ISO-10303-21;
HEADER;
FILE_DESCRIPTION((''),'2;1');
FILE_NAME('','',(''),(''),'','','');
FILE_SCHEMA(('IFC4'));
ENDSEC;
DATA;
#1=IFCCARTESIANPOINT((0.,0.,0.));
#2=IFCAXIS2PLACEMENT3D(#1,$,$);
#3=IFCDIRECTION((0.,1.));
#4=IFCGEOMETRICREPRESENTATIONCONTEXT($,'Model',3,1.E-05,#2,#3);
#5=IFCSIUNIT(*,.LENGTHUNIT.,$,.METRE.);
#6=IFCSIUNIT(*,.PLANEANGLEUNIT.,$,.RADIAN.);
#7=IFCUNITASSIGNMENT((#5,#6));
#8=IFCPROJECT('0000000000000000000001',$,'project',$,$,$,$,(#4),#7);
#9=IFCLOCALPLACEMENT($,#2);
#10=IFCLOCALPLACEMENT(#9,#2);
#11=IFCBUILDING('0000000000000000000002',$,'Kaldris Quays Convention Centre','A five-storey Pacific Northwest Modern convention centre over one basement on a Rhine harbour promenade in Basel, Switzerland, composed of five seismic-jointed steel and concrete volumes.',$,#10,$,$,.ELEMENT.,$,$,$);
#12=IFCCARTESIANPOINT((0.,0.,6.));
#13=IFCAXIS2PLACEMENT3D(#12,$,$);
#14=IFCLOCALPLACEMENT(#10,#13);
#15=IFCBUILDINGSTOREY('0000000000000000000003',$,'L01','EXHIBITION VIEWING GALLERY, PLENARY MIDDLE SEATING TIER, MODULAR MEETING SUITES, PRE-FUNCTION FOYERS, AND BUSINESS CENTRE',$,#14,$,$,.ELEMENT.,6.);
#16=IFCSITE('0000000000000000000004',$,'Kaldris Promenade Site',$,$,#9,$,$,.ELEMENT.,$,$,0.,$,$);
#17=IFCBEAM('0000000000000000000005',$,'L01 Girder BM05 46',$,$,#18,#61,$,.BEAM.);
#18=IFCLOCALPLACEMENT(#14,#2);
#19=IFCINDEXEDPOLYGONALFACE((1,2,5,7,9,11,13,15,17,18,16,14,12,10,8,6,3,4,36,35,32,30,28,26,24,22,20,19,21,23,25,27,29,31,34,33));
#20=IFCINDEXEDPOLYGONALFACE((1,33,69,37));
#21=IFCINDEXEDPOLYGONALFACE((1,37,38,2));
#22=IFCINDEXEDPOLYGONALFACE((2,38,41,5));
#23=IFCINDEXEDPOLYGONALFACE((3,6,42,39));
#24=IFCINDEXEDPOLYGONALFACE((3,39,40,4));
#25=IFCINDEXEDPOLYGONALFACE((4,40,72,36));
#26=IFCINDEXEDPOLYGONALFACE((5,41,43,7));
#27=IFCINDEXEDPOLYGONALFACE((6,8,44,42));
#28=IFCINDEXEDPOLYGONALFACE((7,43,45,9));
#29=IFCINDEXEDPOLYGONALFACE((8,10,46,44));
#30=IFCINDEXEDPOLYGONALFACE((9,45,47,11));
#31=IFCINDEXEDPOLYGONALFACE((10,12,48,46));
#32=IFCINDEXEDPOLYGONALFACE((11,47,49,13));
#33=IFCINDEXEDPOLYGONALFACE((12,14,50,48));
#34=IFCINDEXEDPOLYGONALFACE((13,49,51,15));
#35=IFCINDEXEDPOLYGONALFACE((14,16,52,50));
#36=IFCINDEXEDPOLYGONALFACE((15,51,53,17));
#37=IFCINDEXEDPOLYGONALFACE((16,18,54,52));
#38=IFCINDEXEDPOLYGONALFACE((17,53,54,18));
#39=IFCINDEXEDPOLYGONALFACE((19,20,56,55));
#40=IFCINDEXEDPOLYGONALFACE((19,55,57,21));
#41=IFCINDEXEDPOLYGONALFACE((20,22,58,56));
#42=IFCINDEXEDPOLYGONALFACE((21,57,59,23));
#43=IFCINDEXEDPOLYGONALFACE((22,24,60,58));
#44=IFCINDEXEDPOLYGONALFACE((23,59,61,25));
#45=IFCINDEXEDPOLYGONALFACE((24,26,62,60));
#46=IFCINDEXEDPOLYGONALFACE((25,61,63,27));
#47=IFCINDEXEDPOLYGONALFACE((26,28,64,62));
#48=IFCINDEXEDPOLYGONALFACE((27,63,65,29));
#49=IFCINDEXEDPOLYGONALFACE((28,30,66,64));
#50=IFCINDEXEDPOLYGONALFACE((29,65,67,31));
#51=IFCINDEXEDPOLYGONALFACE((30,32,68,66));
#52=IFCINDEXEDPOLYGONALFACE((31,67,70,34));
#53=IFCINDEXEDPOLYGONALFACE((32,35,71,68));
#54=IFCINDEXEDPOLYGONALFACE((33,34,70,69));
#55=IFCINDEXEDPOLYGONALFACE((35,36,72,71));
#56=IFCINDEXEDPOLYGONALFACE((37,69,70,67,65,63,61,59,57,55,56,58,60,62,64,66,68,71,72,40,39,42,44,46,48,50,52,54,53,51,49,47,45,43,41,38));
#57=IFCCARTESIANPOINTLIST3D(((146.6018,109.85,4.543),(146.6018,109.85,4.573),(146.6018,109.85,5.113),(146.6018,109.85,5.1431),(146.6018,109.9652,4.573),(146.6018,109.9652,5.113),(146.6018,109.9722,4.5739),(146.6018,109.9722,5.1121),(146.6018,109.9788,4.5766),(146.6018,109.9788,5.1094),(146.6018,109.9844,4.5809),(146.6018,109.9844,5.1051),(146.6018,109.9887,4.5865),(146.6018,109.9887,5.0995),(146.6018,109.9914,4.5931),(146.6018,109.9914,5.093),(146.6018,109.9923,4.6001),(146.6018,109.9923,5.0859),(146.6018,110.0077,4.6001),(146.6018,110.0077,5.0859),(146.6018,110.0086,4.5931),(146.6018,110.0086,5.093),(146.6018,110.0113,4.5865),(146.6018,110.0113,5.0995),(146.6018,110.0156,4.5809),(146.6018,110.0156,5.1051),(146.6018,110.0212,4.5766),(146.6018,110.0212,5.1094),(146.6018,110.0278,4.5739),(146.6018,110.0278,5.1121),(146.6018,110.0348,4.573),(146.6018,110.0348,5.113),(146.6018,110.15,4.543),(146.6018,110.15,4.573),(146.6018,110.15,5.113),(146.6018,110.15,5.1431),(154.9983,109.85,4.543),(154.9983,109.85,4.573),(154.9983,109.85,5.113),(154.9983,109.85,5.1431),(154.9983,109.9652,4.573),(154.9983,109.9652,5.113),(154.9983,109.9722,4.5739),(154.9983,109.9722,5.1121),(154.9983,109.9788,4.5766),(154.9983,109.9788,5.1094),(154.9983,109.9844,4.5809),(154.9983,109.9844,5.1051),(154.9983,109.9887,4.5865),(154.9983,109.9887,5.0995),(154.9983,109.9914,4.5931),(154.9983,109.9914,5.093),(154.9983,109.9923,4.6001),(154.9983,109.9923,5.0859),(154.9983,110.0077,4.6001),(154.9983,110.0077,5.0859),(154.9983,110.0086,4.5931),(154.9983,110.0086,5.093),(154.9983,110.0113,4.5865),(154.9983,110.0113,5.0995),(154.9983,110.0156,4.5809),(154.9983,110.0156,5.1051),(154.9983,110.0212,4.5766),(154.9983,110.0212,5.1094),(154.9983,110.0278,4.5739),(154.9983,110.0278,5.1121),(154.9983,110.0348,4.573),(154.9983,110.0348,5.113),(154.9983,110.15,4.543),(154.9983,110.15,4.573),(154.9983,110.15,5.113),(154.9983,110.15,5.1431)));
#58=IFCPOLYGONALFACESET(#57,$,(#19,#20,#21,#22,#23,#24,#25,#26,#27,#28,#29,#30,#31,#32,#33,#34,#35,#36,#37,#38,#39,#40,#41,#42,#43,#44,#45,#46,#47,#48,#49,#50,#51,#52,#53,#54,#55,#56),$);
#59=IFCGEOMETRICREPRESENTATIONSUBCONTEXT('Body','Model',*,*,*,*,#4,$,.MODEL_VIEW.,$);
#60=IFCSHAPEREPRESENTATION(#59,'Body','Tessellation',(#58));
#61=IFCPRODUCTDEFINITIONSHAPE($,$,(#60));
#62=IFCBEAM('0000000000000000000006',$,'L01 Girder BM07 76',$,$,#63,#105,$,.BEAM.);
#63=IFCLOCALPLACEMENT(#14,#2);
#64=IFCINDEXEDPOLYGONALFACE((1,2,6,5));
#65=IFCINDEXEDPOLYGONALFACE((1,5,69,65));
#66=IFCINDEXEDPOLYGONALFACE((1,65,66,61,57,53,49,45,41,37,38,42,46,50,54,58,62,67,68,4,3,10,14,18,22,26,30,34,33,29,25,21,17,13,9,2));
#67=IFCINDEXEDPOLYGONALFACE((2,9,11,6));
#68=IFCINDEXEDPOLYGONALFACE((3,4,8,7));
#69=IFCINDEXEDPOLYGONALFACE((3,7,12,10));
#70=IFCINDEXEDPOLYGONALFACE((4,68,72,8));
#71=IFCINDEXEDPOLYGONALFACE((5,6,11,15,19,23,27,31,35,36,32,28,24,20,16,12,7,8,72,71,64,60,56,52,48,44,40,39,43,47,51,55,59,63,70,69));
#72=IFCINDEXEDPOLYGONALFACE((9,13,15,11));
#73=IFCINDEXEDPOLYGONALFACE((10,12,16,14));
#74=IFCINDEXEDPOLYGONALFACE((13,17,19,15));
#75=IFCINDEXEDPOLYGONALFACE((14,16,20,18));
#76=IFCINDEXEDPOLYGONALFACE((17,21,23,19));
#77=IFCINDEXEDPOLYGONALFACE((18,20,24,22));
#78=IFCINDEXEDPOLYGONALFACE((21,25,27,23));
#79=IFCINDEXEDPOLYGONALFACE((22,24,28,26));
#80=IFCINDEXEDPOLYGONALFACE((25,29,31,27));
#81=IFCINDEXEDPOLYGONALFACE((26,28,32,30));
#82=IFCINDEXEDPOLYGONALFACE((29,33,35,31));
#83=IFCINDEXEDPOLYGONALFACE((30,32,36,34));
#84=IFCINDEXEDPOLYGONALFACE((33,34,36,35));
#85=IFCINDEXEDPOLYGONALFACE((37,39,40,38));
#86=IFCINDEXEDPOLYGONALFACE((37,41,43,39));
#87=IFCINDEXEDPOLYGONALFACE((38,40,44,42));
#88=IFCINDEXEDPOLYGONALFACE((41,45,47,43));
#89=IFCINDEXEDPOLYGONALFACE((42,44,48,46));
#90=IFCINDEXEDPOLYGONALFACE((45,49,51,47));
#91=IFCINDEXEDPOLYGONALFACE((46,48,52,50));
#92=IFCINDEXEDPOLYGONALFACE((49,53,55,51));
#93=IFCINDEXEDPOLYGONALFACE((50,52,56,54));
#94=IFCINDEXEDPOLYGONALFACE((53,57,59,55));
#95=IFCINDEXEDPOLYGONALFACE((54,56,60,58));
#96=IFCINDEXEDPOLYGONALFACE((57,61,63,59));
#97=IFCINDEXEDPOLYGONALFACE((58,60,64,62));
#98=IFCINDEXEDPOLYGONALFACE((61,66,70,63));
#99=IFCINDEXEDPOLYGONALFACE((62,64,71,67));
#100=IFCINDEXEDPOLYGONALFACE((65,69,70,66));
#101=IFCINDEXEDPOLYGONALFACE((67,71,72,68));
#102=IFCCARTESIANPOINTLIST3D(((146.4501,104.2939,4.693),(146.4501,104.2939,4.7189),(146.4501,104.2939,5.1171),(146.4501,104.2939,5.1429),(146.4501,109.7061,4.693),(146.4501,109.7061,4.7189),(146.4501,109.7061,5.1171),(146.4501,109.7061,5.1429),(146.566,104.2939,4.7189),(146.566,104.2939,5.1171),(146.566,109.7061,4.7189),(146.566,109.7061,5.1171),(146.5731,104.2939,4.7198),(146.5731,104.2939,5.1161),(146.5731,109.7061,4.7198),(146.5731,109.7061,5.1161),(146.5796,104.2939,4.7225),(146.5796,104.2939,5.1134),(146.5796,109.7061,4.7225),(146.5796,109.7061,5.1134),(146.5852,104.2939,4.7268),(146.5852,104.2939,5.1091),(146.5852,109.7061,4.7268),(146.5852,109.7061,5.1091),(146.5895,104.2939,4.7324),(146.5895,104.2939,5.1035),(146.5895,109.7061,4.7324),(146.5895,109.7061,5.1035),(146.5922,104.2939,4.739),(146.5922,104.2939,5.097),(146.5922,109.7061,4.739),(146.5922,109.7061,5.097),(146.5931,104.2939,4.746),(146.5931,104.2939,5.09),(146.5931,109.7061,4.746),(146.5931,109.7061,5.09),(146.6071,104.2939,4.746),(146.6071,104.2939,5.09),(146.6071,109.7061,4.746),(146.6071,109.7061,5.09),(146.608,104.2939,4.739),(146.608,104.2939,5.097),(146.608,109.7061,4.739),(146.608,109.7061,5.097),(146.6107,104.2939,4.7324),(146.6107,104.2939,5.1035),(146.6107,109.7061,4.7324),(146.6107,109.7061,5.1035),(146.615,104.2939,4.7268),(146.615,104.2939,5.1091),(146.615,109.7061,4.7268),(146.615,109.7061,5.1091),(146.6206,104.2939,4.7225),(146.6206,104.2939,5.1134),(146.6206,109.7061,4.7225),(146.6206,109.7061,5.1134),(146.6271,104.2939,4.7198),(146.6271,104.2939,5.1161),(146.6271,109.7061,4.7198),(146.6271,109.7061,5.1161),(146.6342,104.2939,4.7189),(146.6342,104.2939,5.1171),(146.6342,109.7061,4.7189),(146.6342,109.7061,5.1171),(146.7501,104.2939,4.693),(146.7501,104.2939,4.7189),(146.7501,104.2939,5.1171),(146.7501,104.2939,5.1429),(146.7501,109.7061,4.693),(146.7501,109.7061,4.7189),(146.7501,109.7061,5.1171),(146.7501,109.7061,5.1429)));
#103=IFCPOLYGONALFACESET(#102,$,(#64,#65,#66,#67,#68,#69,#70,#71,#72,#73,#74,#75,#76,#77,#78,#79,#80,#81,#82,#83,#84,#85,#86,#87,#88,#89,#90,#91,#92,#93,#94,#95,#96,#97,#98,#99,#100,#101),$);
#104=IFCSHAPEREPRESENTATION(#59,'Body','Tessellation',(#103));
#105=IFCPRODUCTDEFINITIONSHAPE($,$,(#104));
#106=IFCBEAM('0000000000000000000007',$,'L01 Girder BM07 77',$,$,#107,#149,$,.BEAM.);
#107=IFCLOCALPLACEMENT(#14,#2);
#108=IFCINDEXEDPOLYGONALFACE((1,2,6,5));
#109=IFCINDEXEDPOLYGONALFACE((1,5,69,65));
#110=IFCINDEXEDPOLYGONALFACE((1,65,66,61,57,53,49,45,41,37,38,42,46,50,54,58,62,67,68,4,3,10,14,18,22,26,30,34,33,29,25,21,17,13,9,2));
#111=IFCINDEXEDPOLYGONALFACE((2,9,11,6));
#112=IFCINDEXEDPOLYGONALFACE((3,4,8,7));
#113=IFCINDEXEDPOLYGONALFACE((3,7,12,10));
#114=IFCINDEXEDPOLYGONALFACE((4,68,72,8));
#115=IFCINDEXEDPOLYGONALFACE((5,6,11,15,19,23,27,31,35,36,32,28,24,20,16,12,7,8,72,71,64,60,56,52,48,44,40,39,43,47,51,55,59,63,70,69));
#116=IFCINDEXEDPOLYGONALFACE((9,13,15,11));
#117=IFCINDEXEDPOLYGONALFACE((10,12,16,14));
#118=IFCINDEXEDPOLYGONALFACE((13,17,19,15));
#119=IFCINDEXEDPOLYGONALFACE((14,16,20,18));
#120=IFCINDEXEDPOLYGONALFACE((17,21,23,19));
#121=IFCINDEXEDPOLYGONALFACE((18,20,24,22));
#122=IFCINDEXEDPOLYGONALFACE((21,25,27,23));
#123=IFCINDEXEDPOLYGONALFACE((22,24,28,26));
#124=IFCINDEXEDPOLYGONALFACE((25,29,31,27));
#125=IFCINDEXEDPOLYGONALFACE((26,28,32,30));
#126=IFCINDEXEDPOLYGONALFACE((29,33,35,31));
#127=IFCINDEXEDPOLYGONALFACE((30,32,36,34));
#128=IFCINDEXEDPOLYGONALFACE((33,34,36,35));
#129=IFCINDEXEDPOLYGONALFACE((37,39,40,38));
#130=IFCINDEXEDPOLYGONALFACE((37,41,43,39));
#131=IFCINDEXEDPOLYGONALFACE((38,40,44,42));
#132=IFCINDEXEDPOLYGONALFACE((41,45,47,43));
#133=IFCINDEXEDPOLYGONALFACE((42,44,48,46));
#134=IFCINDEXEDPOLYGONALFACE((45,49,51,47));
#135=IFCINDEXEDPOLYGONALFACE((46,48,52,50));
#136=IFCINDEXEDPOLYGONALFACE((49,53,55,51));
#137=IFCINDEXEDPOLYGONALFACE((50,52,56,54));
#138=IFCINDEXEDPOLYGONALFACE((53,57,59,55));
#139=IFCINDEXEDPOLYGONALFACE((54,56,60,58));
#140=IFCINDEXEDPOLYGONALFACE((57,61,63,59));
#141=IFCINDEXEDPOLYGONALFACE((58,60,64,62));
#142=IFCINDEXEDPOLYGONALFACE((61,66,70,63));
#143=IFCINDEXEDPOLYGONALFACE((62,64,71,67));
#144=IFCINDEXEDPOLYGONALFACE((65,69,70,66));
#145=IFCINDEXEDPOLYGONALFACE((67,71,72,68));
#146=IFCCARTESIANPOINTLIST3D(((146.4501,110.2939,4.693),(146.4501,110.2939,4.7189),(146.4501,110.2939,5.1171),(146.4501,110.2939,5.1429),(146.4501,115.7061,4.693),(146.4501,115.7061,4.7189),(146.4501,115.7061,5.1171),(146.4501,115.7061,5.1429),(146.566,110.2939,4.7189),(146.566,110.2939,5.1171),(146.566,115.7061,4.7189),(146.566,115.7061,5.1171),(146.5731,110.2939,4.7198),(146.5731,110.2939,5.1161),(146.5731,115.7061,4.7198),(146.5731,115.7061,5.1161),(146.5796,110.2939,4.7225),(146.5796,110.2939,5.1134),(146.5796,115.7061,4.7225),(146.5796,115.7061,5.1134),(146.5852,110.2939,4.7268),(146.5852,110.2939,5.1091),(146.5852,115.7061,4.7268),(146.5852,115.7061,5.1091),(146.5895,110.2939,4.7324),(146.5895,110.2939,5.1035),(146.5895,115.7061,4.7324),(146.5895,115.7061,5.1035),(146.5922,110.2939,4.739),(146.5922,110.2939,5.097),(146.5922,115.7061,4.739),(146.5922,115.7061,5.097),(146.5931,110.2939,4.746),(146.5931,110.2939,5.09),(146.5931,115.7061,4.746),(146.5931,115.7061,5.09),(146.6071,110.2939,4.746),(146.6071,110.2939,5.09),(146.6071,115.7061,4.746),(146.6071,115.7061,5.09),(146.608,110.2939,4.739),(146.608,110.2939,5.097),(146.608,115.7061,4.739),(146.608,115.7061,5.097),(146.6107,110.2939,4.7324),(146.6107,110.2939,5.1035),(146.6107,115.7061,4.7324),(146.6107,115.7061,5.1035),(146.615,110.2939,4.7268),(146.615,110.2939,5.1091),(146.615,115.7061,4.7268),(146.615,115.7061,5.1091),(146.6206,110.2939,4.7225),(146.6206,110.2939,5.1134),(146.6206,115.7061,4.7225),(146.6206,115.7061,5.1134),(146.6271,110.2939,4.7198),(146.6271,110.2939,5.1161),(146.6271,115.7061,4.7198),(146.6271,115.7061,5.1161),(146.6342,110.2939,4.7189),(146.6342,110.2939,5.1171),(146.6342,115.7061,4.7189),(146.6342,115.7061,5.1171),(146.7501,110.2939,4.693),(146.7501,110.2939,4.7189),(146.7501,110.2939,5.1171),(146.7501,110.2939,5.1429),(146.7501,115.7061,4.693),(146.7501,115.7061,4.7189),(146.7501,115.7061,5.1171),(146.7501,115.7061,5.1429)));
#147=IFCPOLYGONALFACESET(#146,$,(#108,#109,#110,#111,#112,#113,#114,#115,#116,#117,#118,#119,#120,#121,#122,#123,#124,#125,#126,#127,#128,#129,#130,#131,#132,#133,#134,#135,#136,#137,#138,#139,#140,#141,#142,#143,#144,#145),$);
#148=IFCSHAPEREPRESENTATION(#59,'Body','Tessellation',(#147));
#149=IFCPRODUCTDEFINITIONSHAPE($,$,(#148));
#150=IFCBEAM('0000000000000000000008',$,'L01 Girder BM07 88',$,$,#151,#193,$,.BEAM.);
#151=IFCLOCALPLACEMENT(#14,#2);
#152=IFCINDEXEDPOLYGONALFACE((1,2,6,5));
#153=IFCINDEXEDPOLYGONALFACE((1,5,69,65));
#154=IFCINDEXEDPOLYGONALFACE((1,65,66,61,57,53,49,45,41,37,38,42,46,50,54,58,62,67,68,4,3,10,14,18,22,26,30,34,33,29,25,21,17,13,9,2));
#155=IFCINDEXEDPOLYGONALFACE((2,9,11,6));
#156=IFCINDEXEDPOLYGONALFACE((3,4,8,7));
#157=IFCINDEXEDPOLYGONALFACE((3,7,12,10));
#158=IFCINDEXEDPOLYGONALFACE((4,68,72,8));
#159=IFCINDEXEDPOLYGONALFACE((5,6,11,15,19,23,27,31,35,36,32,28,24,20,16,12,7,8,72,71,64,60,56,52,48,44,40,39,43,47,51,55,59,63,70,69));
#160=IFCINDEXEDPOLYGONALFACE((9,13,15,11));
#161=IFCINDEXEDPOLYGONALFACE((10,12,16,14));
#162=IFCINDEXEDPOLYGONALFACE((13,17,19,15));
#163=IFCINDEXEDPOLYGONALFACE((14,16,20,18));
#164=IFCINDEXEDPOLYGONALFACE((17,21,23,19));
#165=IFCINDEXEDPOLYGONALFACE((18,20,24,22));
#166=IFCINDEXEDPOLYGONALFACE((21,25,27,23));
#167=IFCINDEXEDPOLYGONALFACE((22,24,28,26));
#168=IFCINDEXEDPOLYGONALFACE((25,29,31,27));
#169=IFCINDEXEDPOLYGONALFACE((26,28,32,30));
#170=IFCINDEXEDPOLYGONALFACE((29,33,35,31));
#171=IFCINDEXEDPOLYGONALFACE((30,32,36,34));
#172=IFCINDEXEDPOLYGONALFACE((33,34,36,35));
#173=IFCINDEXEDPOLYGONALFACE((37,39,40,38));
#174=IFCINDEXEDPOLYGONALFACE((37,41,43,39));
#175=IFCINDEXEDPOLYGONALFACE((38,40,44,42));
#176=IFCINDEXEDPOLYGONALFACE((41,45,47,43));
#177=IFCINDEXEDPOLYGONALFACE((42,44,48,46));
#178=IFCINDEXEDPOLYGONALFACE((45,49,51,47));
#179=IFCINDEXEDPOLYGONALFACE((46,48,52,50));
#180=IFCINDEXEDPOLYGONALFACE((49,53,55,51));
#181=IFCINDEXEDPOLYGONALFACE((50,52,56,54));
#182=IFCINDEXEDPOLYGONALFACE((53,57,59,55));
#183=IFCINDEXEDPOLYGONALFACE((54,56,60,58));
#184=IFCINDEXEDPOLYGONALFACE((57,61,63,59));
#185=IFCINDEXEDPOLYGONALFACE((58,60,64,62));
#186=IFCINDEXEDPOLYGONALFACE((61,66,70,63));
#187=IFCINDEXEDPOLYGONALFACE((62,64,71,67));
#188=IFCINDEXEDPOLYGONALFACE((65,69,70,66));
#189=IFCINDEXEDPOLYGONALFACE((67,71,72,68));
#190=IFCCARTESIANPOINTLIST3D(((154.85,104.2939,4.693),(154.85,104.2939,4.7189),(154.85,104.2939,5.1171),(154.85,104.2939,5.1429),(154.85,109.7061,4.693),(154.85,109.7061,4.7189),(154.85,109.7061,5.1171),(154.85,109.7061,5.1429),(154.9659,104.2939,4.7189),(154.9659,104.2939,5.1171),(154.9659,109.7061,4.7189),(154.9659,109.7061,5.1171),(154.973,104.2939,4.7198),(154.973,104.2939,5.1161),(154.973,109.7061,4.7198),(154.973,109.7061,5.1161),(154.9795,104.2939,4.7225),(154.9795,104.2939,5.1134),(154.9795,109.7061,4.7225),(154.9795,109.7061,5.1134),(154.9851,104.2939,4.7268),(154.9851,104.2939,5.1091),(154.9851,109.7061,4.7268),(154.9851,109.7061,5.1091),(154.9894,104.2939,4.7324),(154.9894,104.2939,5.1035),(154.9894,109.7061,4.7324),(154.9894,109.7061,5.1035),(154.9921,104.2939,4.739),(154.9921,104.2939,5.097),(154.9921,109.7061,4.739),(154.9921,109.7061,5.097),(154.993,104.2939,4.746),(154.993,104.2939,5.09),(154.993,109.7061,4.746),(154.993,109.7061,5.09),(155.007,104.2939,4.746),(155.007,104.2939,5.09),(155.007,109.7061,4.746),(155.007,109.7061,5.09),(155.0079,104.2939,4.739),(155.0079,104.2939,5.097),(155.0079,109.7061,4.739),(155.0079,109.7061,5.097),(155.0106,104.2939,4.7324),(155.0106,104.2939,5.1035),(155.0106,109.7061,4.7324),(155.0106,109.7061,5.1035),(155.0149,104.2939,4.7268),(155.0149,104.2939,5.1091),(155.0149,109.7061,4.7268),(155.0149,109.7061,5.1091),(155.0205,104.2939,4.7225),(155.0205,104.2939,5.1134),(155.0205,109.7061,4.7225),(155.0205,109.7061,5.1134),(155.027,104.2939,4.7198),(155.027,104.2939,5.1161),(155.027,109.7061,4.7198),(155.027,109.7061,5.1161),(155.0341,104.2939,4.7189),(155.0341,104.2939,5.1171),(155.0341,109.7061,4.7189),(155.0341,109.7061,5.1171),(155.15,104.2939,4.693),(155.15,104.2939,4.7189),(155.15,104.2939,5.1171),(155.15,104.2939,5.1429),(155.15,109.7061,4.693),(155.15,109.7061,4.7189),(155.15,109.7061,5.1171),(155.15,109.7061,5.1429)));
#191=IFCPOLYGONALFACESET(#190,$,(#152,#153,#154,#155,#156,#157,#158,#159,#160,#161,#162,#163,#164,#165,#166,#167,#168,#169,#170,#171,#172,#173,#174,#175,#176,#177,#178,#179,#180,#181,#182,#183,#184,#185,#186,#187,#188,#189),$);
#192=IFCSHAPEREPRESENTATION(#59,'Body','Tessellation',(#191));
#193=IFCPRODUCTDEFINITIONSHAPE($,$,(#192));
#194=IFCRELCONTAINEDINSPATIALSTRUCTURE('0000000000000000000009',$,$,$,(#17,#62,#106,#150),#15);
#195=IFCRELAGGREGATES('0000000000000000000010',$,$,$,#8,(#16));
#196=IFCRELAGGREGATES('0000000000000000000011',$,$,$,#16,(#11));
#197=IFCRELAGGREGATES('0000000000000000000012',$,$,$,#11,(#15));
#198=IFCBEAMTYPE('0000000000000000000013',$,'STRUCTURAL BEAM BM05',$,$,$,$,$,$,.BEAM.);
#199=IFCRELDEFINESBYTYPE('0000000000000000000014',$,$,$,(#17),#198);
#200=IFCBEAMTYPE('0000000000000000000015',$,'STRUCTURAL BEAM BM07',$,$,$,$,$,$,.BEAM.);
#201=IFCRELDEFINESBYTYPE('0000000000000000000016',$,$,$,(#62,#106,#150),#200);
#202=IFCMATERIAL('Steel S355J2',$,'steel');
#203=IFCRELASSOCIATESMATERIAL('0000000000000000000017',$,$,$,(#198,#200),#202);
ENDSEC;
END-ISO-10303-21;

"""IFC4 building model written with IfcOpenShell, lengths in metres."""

from ifc_helpers import new_model, si_unit, direction, frame, origin, origin_2d, place, context, subcontext, project, spatial, i_section, extrude, material, material_profile, profile_set, type_object, element, save


model = new_model("IFC4")

# Units and contexts
model_context = context("Model", 3, precision=1e-05, world=origin(), true_north=direction((0.0, 1.0)))
body_context = subcontext(model_context, "Body", "Model", "MODEL_VIEW")
ifc_project = project(units=[si_unit("LENGTHUNIT", "METRE"), si_unit("PLANEANGLEUNIT", "RADIAN")], contexts=[model_context])

# Site, building, storey
site_placement = place(None, origin())
site = spatial("IfcSite", under=ifc_project, at=site_placement, Name="Kaldris Promenade Site", CompositionType="ELEMENT", RefElevation=0.0)
building_placement = place(site_placement, origin())
building = spatial("IfcBuilding", under=site, at=building_placement, Name="Kaldris Quays Convention Centre", Description="A five-storey Pacific Northwest Modern convention centre over one basement on a Rhine harbour promenade in Basel, Switzerland, composed of five seismic-jointed steel and concrete volumes.", CompositionType="ELEMENT")
storey_placement = place(building_placement, frame((0.0, 0.0, 6.0)))
storey = spatial("IfcBuildingStorey", under=building, at=storey_placement, Name="L01", Description="EXHIBITION VIEWING GALLERY, PLENARY MIDDLE SEATING TIER, MODULAR MEETING SUITES, PRE-FUNCTION FOYERS, AND BUSINESS CENTRE", CompositionType="ELEMENT", Elevation=6.0)

# Shared definitions
ifc_material_1 = material(Name="Steel S355J2", Category="steel")

# Beams
ifc_material_profile_1 = material_profile(ifc_material_1, i_section(OverallWidth=0.3, OverallDepth=0.6001, WebThickness=0.0154, FlangeThickness=0.03, FilletRadius=0.0271, at=origin_2d()), Name="HEB 600")
ifc_profile_set_1 = profile_set([ifc_material_profile_1], Name="Steel S355J2")
beam_type_1 = type_object("IfcBeamType", Name="STRUCTURAL BEAM BM05", PredefinedType="BEAM", material=ifc_profile_set_1)
for number, where, z_axis, x_axis, name in (
    (1, (146.6018, 110.0, 4.843), (1.0, 0.0, 0.0), (0.0, 1.0, 0.0), "L01 Girder BM05 46"),
):
    element("IfcBeam", number, at=place(storey_placement, frame(where, z_axis=z_axis, x_axis=x_axis)), inside=storey, type_object=beam_type_1, Name=name, PredefinedType="BEAM", context=body_context, shape_type="SweptSolid", body=[
        extrude(i_section(OverallWidth=0.3, OverallDepth=0.6001, WebThickness=0.0154, FlangeThickness=0.03, FilletRadius=0.0271, at=origin_2d()), origin(), (0.0, 0.0, 1.0), 8.3965),
    ])
ifc_material_profile_2 = material_profile(ifc_material_1, i_section(OverallWidth=0.3, OverallDepth=0.45, WebThickness=0.0139, FlangeThickness=0.0259, FilletRadius=0.0271, at=origin_2d()), Name="HEB 450")
ifc_profile_set_2 = profile_set([ifc_material_profile_2], Name="Steel S355J2")
beam_type_2 = type_object("IfcBeamType", Name="STRUCTURAL BEAM BM07", PredefinedType="BEAM", material=ifc_profile_set_2)
for number, where, z_axis, x_axis, name in (
    (2, (146.6001, 104.2939, 4.918), (0.0, 1.0, 0.0), (-1.0, 0.0, 0.0), "L01 Girder BM07 76"),
    (3, (146.6001, 110.2939, 4.918), (0.0, 1.0, 0.0), (-1.0, 0.0, 0.0), "L01 Girder BM07 77"),
    (4, (155.0, 104.2939, 4.918), (0.0, 1.0, 0.0), (-1.0, 0.0, 0.0), "L01 Girder BM07 88"),
):
    element("IfcBeam", number, at=place(storey_placement, frame(where, z_axis=z_axis, x_axis=x_axis)), inside=storey, type_object=beam_type_2, Name=name, PredefinedType="BEAM", context=body_context, shape_type="SweptSolid", body=[
        extrude(i_section(OverallWidth=0.3, OverallDepth=0.45, WebThickness=0.0139, FlangeThickness=0.0259, FilletRadius=0.0271, at=origin_2d()), origin(), (0.0, 0.0, 1.0), 5.4121),
    ])

save(model, "model.ifc")
